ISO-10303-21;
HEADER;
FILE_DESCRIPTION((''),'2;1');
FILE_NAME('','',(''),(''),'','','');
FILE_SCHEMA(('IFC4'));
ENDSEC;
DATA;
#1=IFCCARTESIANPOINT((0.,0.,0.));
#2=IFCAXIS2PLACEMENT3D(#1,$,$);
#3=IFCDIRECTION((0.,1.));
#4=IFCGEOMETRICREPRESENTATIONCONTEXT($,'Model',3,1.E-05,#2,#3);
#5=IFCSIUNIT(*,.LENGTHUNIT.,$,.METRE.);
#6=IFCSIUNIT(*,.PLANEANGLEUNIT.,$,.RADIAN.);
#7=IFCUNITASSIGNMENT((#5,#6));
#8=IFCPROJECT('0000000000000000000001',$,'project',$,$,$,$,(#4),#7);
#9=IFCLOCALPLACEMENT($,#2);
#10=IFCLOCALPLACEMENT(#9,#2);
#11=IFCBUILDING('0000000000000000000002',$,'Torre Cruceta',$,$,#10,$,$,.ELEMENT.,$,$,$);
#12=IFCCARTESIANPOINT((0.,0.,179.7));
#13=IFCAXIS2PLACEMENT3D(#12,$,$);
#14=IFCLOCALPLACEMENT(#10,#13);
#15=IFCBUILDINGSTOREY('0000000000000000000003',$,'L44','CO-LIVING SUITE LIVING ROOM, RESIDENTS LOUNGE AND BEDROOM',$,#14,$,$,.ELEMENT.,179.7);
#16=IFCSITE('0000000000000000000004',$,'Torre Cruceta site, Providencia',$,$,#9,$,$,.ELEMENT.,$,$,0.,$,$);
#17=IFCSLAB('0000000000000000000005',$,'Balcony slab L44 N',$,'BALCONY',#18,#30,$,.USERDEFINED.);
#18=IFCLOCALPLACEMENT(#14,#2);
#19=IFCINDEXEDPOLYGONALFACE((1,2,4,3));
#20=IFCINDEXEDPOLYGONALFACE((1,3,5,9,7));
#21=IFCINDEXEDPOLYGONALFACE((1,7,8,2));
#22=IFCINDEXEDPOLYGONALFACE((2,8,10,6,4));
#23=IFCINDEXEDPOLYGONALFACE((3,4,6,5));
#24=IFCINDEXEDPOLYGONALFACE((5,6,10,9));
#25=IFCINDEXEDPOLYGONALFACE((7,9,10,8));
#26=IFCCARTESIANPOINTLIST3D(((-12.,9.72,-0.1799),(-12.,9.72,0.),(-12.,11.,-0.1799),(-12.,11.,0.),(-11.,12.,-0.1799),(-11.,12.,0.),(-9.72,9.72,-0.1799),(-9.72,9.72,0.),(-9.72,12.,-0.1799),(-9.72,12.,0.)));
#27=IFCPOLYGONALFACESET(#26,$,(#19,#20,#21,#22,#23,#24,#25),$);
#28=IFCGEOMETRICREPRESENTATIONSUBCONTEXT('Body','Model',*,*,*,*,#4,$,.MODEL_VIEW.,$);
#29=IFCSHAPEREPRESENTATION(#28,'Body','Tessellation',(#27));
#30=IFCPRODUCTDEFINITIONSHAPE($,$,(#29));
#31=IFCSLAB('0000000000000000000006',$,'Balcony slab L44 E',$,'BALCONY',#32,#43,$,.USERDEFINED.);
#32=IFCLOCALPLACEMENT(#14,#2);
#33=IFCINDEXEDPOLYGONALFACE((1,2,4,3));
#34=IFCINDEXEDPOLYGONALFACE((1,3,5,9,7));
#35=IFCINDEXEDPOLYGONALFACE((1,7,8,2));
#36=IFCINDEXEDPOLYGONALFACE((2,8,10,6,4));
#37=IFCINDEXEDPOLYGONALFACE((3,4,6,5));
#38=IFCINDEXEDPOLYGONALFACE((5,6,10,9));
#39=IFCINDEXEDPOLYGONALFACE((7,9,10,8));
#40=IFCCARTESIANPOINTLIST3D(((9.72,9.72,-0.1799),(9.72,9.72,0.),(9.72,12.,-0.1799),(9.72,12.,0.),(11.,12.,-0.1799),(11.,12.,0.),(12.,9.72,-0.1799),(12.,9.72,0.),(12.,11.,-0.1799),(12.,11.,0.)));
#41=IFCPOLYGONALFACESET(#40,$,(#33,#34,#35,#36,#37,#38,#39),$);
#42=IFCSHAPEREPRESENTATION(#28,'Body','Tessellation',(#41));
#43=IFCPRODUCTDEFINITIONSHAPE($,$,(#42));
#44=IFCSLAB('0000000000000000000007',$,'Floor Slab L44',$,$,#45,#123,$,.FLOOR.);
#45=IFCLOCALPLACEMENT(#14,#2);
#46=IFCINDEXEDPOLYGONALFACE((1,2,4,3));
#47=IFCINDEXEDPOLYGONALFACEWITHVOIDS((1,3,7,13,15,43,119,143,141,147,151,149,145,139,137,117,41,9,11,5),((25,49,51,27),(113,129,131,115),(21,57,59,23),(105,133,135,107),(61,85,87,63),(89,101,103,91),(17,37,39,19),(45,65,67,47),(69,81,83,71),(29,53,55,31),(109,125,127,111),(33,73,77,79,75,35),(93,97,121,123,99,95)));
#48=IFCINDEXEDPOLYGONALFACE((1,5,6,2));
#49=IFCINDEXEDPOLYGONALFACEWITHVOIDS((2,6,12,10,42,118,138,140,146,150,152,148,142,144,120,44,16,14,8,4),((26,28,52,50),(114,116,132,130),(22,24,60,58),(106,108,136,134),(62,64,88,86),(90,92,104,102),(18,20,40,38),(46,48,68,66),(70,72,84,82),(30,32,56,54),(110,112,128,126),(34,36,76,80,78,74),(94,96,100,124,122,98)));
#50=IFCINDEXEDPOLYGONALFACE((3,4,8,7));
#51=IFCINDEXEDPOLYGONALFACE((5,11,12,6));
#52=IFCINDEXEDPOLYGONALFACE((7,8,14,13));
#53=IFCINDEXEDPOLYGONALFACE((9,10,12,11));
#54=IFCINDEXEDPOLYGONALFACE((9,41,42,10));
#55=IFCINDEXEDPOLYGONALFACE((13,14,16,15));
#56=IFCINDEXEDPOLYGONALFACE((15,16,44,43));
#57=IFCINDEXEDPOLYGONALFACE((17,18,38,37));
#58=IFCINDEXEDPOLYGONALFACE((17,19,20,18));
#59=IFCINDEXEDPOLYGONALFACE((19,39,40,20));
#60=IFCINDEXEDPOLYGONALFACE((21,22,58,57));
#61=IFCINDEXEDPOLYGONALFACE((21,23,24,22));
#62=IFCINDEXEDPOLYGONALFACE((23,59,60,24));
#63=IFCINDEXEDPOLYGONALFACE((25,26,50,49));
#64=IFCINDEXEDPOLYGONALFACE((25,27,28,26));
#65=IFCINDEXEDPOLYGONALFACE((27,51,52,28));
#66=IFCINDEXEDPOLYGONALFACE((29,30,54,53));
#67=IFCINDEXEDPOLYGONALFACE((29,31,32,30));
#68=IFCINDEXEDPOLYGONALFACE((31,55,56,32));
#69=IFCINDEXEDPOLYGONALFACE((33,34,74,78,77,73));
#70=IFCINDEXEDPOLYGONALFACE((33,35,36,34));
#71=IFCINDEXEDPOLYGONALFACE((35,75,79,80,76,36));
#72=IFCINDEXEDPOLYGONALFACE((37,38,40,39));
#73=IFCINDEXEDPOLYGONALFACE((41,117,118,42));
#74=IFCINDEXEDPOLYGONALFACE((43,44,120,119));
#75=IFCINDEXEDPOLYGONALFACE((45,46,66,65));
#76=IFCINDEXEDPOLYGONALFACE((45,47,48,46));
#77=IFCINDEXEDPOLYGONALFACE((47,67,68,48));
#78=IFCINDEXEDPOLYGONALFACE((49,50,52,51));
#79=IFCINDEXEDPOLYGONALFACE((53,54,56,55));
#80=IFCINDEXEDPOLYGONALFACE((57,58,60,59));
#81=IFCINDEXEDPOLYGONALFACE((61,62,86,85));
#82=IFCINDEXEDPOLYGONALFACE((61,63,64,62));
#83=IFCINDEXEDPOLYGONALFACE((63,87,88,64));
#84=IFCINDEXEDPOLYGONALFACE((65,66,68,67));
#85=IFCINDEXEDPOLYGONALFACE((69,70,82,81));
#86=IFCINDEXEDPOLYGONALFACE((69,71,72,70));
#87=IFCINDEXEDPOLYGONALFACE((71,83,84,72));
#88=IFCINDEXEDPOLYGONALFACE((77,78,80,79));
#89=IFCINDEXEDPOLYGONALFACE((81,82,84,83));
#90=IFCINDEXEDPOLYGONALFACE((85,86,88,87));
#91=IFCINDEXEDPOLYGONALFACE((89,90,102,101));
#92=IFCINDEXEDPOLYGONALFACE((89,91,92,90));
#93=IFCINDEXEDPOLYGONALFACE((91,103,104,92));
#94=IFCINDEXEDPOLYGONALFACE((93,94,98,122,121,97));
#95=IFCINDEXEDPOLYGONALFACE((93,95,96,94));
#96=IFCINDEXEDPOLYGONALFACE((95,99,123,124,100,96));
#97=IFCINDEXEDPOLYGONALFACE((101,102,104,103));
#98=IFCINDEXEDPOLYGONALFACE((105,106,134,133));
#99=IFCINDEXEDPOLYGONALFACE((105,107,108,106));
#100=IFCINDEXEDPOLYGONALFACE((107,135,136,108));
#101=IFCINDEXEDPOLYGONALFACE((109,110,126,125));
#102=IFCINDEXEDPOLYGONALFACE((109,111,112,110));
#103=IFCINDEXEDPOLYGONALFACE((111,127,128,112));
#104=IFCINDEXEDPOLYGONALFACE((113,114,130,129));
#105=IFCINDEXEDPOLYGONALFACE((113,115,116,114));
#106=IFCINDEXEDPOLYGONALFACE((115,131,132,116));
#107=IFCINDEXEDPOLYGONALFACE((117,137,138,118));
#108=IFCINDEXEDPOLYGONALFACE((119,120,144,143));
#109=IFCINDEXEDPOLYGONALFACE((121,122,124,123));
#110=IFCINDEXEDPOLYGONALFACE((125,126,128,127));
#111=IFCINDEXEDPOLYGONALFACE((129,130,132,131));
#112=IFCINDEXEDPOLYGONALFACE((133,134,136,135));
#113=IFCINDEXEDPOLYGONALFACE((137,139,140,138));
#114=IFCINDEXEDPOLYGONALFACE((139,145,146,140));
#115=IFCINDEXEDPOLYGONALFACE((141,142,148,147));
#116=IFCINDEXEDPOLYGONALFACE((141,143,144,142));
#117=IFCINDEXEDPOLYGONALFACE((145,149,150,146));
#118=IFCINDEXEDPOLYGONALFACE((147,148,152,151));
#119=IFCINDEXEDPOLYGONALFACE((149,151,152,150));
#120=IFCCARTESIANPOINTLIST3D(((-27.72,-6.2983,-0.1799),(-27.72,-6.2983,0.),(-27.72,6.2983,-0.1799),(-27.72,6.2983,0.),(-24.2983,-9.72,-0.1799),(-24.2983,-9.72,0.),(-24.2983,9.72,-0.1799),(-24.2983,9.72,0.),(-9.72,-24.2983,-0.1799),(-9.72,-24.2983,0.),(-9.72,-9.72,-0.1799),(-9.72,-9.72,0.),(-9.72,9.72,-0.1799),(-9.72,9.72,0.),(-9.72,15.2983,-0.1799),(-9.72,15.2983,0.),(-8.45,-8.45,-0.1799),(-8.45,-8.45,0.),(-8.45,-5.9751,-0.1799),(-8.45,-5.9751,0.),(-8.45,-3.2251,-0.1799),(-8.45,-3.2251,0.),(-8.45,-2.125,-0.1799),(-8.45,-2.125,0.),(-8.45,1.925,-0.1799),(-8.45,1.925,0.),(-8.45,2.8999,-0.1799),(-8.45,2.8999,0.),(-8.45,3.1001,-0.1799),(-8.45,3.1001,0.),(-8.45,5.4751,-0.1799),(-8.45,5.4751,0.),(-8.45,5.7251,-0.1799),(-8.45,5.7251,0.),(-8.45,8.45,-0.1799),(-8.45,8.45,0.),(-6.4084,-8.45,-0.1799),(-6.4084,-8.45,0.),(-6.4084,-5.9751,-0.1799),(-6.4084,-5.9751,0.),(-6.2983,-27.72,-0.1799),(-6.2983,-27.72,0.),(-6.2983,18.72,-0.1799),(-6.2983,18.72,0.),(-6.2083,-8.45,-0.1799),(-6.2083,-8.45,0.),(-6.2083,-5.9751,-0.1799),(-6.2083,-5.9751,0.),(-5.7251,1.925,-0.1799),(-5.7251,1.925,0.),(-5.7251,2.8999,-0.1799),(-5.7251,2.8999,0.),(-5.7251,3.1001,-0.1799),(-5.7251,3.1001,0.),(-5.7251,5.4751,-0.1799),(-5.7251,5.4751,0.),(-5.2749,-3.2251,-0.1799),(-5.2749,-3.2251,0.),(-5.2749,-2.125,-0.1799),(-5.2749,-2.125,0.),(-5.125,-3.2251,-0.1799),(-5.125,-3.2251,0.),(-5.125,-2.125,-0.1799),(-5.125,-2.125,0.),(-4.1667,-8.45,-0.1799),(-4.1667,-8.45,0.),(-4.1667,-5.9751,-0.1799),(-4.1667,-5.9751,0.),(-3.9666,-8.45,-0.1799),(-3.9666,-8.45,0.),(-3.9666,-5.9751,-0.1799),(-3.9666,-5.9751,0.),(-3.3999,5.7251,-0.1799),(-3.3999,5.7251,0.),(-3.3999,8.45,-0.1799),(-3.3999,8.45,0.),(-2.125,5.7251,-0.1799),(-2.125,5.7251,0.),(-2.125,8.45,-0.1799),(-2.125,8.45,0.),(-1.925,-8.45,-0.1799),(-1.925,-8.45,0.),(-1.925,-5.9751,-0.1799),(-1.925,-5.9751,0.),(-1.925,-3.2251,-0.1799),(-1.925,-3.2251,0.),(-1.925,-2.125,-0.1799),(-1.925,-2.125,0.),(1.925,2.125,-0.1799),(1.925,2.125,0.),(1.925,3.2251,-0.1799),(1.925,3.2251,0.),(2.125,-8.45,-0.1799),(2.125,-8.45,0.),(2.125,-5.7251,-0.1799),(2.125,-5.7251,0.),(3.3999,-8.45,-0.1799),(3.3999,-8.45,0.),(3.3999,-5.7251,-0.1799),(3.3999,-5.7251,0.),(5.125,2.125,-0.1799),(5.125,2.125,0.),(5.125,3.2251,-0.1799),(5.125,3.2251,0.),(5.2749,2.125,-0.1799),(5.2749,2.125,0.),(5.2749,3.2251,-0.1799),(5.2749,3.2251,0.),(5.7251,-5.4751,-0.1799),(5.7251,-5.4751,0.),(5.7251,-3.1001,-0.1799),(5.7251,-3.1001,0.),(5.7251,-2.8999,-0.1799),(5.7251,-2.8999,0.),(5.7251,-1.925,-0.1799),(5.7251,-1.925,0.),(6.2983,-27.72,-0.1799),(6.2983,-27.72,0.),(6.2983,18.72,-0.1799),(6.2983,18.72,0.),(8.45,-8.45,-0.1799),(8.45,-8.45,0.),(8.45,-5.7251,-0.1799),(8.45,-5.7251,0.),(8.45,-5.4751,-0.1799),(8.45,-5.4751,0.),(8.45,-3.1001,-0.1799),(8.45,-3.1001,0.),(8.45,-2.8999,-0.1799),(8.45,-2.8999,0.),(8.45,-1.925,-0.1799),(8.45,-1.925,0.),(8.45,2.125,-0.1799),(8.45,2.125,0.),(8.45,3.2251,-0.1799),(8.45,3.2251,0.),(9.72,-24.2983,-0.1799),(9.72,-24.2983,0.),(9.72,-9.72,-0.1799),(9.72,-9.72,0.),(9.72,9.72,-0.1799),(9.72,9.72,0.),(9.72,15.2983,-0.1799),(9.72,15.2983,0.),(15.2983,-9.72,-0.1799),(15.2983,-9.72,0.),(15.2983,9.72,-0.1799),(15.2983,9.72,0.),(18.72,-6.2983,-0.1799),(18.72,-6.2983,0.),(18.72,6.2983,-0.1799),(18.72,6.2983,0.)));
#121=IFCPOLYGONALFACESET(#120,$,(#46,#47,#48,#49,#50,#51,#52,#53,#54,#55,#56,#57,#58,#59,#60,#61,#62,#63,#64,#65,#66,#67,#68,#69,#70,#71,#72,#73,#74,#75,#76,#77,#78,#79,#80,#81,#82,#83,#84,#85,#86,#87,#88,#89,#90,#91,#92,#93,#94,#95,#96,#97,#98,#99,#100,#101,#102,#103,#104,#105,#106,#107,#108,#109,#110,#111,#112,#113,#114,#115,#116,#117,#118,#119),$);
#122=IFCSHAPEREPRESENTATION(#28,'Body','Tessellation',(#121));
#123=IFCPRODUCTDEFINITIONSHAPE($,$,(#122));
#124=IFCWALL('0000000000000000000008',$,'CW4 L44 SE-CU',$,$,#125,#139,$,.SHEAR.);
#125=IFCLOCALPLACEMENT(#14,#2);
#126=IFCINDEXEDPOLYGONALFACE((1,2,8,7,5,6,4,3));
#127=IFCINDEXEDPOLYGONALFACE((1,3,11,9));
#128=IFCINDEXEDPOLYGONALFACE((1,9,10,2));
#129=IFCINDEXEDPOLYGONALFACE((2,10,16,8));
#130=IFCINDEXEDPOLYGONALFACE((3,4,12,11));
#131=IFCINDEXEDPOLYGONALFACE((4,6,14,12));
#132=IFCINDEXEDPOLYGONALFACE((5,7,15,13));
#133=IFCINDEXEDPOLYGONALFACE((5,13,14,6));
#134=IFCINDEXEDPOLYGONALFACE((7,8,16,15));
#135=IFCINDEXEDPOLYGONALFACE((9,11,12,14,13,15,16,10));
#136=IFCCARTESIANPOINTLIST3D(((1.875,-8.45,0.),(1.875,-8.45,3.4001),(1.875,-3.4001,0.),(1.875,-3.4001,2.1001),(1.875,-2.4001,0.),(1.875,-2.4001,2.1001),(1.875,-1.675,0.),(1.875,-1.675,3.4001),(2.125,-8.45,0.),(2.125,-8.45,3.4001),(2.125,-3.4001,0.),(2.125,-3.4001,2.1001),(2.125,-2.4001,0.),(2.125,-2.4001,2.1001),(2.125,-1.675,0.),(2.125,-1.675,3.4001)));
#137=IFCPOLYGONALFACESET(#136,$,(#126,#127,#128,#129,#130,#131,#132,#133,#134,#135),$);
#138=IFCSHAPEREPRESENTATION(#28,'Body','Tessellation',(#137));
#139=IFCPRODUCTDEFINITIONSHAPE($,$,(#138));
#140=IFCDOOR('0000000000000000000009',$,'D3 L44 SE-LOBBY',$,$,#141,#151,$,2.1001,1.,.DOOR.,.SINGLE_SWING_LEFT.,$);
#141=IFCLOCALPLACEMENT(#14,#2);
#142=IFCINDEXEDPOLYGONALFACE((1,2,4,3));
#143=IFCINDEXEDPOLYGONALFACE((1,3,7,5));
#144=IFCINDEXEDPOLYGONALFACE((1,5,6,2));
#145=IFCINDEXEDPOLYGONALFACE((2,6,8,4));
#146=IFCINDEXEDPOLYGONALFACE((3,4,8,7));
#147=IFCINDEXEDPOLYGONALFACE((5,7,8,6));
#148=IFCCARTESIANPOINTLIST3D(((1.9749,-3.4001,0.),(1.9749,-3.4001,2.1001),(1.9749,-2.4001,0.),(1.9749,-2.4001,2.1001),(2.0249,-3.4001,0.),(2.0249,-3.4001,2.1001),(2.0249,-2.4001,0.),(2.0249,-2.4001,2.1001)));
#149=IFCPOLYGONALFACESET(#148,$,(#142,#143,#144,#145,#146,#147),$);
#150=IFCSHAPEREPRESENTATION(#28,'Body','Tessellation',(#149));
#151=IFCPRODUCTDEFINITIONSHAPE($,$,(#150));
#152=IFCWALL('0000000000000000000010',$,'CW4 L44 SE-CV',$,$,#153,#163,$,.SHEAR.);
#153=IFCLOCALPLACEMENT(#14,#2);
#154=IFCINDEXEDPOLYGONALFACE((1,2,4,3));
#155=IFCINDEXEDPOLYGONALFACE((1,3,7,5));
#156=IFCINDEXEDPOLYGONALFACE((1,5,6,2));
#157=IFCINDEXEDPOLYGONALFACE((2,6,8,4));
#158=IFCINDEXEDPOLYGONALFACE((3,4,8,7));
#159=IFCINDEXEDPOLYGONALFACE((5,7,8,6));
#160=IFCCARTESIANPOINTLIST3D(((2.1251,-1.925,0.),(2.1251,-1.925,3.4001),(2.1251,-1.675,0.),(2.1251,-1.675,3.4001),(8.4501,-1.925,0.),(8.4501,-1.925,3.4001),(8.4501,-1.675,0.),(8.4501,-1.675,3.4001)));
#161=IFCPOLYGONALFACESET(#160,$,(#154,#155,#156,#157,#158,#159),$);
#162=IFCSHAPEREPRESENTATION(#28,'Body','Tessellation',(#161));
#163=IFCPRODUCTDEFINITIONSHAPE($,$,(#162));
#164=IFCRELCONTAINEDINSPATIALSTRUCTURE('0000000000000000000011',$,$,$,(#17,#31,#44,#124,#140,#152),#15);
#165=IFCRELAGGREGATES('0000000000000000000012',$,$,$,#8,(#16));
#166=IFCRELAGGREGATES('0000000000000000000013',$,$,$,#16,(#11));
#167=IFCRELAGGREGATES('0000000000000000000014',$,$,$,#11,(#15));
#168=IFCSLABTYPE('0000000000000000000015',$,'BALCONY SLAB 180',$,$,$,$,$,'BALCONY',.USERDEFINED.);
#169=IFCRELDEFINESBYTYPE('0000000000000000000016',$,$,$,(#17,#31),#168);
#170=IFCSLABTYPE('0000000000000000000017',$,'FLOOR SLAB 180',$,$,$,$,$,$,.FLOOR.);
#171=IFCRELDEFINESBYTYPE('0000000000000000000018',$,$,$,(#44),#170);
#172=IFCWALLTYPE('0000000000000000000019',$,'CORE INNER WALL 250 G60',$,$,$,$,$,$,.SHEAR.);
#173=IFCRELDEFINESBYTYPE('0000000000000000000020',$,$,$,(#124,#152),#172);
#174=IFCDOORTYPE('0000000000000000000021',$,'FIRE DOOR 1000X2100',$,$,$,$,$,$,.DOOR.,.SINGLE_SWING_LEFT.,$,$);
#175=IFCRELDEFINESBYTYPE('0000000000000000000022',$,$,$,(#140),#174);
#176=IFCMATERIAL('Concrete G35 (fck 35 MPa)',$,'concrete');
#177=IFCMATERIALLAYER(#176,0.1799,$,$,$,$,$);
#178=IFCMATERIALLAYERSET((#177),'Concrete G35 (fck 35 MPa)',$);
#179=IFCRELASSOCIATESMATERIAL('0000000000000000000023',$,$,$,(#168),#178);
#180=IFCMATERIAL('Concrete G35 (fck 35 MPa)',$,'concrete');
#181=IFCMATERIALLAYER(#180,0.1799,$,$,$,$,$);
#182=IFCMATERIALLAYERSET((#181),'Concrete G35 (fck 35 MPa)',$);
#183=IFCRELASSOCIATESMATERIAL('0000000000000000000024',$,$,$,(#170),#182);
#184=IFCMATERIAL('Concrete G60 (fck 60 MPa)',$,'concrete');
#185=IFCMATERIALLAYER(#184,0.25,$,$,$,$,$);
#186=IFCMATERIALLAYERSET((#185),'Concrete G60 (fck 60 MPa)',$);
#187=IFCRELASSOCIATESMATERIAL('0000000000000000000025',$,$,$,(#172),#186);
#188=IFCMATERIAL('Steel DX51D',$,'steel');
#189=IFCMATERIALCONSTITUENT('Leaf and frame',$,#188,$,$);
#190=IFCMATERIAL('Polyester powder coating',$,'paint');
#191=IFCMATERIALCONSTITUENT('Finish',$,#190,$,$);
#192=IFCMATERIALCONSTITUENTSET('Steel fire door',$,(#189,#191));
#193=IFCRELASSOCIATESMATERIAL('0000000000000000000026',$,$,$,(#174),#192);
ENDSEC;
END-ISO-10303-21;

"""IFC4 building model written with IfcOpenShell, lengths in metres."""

from ifc_helpers import new_model, si_unit, direction, frame, frame_2d, origin, place, context, subcontext, project, spatial, polyline, rectangle, outline, extrude, material, layer, layer_set, constituent, constituent_set, type_object, element, fill, save


model = new_model("IFC4")

# Units and contexts
model_context = context("Model", 3, precision=1e-05, world=origin(), true_north=direction((0.0, 1.0)))
body_context = subcontext(model_context, "Body", "Model", "MODEL_VIEW")
ifc_project = project(units=[si_unit("LENGTHUNIT", "METRE"), si_unit("PLANEANGLEUNIT", "RADIAN")], contexts=[model_context])

# Site, building, storey
site_placement = place(None, origin())
site = spatial("IfcSite", under=ifc_project, at=site_placement, Name="Torre Cruceta site, Providencia", CompositionType="ELEMENT", RefElevation=0.0)
building_placement = place(site_placement, origin())
building = spatial("IfcBuilding", under=site, at=building_placement, Name="Torre Cruceta", CompositionType="ELEMENT")
storey_placement = place(building_placement, frame((0.0, 0.0, 179.7)))
storey = spatial("IfcBuildingStorey", under=building, at=storey_placement, Name="L44", Description="CO-LIVING SUITE LIVING ROOM, RESIDENTS LOUNGE AND BEDROOM", CompositionType="ELEMENT", Elevation=179.7)

# Slabs
ifc_material_1 = material(Name="Concrete G35 (fck 35 MPa)", Category="concrete")
ifc_layer_1 = layer(ifc_material_1, 0.1799)
ifc_layer_set_1 = layer_set([ifc_layer_1], Name="Concrete G35 (fck 35 MPa)")
slab_type_1 = type_object("IfcSlabType", Name="BALCONY SLAB 180", ElementType="BALCONY", PredefinedType="USERDEFINED", material=ifc_layer_set_1)
slab_1_placement = place(storey_placement, frame((0.0, 0.0, -0.1799)))
element("IfcSlab", 1, at=slab_1_placement, inside=storey, type_object=slab_type_1, Name="Balcony slab L44 N", ObjectType="BALCONY", PredefinedType="USERDEFINED", context=body_context, shape_type="SweptSolid", body=[
    extrude(outline(polyline([(-12.0, 11.0), (-11.0, 12.0), (-9.72, 12.0), (-9.72, 9.72), (-12.0, 9.72), (-12.0, 11.0)])), origin(), (0.0, 0.0, 1.0), 0.1799),
])
slab_2_placement = place(storey_placement, frame((0.0, 0.0, -0.1799)))
element("IfcSlab", 2, at=slab_2_placement, inside=storey, type_object=slab_type_1, Name="Balcony slab L44 E", ObjectType="BALCONY", PredefinedType="USERDEFINED", context=body_context, shape_type="SweptSolid", body=[
    extrude(outline(polyline([(11.0, 12.0), (12.0, 11.0), (12.0, 9.72), (9.72, 9.72), (9.72, 12.0), (11.0, 12.0)])), origin(), (0.0, 0.0, 1.0), 0.1799),
])
ifc_material_2 = material(Name="Concrete G35 (fck 35 MPa)", Category="concrete")
ifc_layer_2 = layer(ifc_material_2, 0.1799)
ifc_layer_set_2 = layer_set([ifc_layer_2], Name="Concrete G35 (fck 35 MPa)")
slab_type_2 = type_object("IfcSlabType", Name="FLOOR SLAB 180", PredefinedType="FLOOR", material=ifc_layer_set_2)
slab_3_placement = place(storey_placement, frame((0.0, 0.0, -0.1799)))
element("IfcSlab", 3, at=slab_3_placement, inside=storey, type_object=slab_type_2, Name="Floor Slab L44", PredefinedType="FLOOR", context=body_context, shape_type="SweptSolid", body=[
    extrude(outline(polyline([(9.72, -9.72), (9.72, -24.2983), (6.2983, -27.72), (-6.2983, -27.72), (-9.72, -24.2983), (-9.72, -9.72), (-24.2983, -9.72), (-27.72, -6.2983), (-27.72, 6.2983), (-24.2983, 9.72), (-9.72, 9.72), (-9.72, 15.2983), (-6.2983, 18.72), (6.2983, 18.72), (9.72, 15.2983), (9.72, 9.72), (15.2983, 9.72), (18.72, 6.2983), (18.72, -6.2983), (15.2983, -9.72), (9.72, -9.72)]), holes=[polyline([(1.925, 2.125), (5.125, 2.125), (5.125, 3.2251), (1.925, 3.2251), (1.925, 2.125)]), polyline([(5.2749, 2.125), (8.45, 2.125), (8.45, 3.2251), (5.2749, 3.2251), (5.2749, 2.125)]), polyline([(-8.45, 3.1001), (-5.7251, 3.1001), (-5.7251, 5.4751), (-8.45, 5.4751), (-8.45, 3.1001)]), polyline([(-8.45, 1.925), (-5.7251, 1.925), (-5.7251, 2.8999), (-8.45, 2.8999), (-8.45, 1.925)]), polyline([(-3.9666, -8.45), (-1.925, -8.45), (-1.925, -5.9751), (-3.9666, -5.9751), (-3.9666, -8.45)]), polyline([(-6.2083, -8.45), (-4.1667, -8.45), (-4.1667, -5.9751), (-6.2083, -5.9751), (-6.2083, -8.45)]), polyline([(-8.45, -8.45), (-6.4084, -8.45), (-6.4084, -5.9751), (-8.45, -5.9751), (-8.45, -8.45)]), polyline([(-5.125, -3.2251), (-1.925, -3.2251), (-1.925, -2.125), (-5.125, -2.125), (-5.125, -3.2251)]), polyline([(-8.45, -3.2251), (-5.2749, -3.2251), (-5.2749, -2.125), (-8.45, -2.125), (-8.45, -3.2251)]), polyline([(5.7251, -5.4751), (8.45, -5.4751), (8.45, -3.1001), (5.7251, -3.1001), (5.7251, -5.4751)]), polyline([(5.7251, -2.8999), (8.45, -2.8999), (8.45, -1.925), (5.7251, -1.925), (5.7251, -2.8999)]), polyline([(-8.45, 5.7251), (-8.45, 8.45), (-3.3999, 8.45), (-2.125, 8.45), (-2.125, 5.7251), (-3.3999, 5.7251), (-8.45, 5.7251)]), polyline([(2.125, -5.7251), (3.3999, -5.7251), (8.45, -5.7251), (8.45, -8.45), (3.3999, -8.45), (2.125, -8.45), (2.125, -5.7251)])]), origin(), (0.0, 0.0, 1.0), 0.1799),
])

# Wall, opening, door
ifc_material_3 = material(Name="Concrete G60 (fck 60 MPa)", Category="concrete")
ifc_layer_3 = layer(ifc_material_3, 0.25)
ifc_layer_set_3 = layer_set([ifc_layer_3], Name="Concrete G60 (fck 60 MPa)")
wall_type_1 = type_object("IfcWallType", Name="CORE INNER WALL 250 G60", PredefinedType="SHEAR", material=ifc_layer_set_3)
wall_1_placement = place(storey_placement, frame((2.0, -1.675, 0.0), z_axis=(0.0, 0.0, 1.0), x_axis=(0.0, -1.0, 0.0)))
wall_1 = element("IfcWall", 4, at=wall_1_placement, inside=storey, type_object=wall_type_1, Name="CW4 L44 SE-CU", PredefinedType="SHEAR", context=body_context, shape_type="SweptSolid", body=[
    extrude(rectangle(XDim=6.7749, YDim=0.25, at=frame_2d((3.3875, 0.0))), origin(), (0.0, 0.0, 1.0), 3.4001),
])
opening_1_placement = place(wall_1_placement, frame((0.7251, 0.0, 0.0)))
opening_1 = element("IfcOpeningElement", 5, at=opening_1_placement, cuts=wall_1, PredefinedType="OPENING", context=body_context, shape_type="SweptSolid", body=[
    extrude(rectangle(XDim=1.0, YDim=2.1001, at=frame_2d((0.5, 1.05))), frame((0.0, 0.135, 0.0), z_axis=(0.0, -1.0, 0.0), x_axis=(1.0, 0.0, 0.0)), (0.0, 0.0, 1.0), 0.27),
])
ifc_material_4 = material(Name="Steel DX51D", Category="steel")
ifc_constituent_1 = constituent(ifc_material_4, Name="Leaf and frame")
ifc_material_5 = material(Name="Polyester powder coating", Category="paint")
ifc_constituent_2 = constituent(ifc_material_5, Name="Finish")
ifc_constituent_set_1 = constituent_set(constituents=[ifc_constituent_1, ifc_constituent_2], Name="Steel fire door")
door_type_1 = type_object("IfcDoorType", Name="FIRE DOOR 1000X2100", OperationType="SINGLE_SWING_LEFT", PredefinedType="DOOR", material=ifc_constituent_set_1)
door_1_placement = place(opening_1_placement, origin())
door_1 = element("IfcDoor", 6, at=door_1_placement, inside=storey, type_object=door_type_1, Name="D3 L44 SE-LOBBY", OperationType="SINGLE_SWING_LEFT", OverallHeight=2.1001, OverallWidth=1.0, PredefinedType="DOOR", context=body_context, shape_type="SweptSolid", body=[
    extrude(rectangle(XDim=1.0, YDim=2.1001, at=frame_2d((0.5, 1.05))), frame((0.0, 0.0249, 0.0), z_axis=(0.0, -1.0, 0.0), x_axis=(1.0, 0.0, 0.0)), (0.0, 0.0, 1.0), 0.05),
])
fill(opening_1, door_1)

# Wall
wall_2_placement = place(storey_placement, frame((2.125, -1.8, 0.0), z_axis=(0.0, 0.0, 1.0), x_axis=(1.0, 0.0, 0.0)))
element("IfcWall", 7, at=wall_2_placement, inside=storey, type_object=wall_type_1, Name="CW4 L44 SE-CV", PredefinedType="SHEAR", context=body_context, shape_type="SweptSolid", body=[
    extrude(rectangle(XDim=6.325, YDim=0.25, at=frame_2d((3.1626, 0.0))), origin(), (0.0, 0.0, 1.0), 3.4001),
])

save(model, "model.ifc")
